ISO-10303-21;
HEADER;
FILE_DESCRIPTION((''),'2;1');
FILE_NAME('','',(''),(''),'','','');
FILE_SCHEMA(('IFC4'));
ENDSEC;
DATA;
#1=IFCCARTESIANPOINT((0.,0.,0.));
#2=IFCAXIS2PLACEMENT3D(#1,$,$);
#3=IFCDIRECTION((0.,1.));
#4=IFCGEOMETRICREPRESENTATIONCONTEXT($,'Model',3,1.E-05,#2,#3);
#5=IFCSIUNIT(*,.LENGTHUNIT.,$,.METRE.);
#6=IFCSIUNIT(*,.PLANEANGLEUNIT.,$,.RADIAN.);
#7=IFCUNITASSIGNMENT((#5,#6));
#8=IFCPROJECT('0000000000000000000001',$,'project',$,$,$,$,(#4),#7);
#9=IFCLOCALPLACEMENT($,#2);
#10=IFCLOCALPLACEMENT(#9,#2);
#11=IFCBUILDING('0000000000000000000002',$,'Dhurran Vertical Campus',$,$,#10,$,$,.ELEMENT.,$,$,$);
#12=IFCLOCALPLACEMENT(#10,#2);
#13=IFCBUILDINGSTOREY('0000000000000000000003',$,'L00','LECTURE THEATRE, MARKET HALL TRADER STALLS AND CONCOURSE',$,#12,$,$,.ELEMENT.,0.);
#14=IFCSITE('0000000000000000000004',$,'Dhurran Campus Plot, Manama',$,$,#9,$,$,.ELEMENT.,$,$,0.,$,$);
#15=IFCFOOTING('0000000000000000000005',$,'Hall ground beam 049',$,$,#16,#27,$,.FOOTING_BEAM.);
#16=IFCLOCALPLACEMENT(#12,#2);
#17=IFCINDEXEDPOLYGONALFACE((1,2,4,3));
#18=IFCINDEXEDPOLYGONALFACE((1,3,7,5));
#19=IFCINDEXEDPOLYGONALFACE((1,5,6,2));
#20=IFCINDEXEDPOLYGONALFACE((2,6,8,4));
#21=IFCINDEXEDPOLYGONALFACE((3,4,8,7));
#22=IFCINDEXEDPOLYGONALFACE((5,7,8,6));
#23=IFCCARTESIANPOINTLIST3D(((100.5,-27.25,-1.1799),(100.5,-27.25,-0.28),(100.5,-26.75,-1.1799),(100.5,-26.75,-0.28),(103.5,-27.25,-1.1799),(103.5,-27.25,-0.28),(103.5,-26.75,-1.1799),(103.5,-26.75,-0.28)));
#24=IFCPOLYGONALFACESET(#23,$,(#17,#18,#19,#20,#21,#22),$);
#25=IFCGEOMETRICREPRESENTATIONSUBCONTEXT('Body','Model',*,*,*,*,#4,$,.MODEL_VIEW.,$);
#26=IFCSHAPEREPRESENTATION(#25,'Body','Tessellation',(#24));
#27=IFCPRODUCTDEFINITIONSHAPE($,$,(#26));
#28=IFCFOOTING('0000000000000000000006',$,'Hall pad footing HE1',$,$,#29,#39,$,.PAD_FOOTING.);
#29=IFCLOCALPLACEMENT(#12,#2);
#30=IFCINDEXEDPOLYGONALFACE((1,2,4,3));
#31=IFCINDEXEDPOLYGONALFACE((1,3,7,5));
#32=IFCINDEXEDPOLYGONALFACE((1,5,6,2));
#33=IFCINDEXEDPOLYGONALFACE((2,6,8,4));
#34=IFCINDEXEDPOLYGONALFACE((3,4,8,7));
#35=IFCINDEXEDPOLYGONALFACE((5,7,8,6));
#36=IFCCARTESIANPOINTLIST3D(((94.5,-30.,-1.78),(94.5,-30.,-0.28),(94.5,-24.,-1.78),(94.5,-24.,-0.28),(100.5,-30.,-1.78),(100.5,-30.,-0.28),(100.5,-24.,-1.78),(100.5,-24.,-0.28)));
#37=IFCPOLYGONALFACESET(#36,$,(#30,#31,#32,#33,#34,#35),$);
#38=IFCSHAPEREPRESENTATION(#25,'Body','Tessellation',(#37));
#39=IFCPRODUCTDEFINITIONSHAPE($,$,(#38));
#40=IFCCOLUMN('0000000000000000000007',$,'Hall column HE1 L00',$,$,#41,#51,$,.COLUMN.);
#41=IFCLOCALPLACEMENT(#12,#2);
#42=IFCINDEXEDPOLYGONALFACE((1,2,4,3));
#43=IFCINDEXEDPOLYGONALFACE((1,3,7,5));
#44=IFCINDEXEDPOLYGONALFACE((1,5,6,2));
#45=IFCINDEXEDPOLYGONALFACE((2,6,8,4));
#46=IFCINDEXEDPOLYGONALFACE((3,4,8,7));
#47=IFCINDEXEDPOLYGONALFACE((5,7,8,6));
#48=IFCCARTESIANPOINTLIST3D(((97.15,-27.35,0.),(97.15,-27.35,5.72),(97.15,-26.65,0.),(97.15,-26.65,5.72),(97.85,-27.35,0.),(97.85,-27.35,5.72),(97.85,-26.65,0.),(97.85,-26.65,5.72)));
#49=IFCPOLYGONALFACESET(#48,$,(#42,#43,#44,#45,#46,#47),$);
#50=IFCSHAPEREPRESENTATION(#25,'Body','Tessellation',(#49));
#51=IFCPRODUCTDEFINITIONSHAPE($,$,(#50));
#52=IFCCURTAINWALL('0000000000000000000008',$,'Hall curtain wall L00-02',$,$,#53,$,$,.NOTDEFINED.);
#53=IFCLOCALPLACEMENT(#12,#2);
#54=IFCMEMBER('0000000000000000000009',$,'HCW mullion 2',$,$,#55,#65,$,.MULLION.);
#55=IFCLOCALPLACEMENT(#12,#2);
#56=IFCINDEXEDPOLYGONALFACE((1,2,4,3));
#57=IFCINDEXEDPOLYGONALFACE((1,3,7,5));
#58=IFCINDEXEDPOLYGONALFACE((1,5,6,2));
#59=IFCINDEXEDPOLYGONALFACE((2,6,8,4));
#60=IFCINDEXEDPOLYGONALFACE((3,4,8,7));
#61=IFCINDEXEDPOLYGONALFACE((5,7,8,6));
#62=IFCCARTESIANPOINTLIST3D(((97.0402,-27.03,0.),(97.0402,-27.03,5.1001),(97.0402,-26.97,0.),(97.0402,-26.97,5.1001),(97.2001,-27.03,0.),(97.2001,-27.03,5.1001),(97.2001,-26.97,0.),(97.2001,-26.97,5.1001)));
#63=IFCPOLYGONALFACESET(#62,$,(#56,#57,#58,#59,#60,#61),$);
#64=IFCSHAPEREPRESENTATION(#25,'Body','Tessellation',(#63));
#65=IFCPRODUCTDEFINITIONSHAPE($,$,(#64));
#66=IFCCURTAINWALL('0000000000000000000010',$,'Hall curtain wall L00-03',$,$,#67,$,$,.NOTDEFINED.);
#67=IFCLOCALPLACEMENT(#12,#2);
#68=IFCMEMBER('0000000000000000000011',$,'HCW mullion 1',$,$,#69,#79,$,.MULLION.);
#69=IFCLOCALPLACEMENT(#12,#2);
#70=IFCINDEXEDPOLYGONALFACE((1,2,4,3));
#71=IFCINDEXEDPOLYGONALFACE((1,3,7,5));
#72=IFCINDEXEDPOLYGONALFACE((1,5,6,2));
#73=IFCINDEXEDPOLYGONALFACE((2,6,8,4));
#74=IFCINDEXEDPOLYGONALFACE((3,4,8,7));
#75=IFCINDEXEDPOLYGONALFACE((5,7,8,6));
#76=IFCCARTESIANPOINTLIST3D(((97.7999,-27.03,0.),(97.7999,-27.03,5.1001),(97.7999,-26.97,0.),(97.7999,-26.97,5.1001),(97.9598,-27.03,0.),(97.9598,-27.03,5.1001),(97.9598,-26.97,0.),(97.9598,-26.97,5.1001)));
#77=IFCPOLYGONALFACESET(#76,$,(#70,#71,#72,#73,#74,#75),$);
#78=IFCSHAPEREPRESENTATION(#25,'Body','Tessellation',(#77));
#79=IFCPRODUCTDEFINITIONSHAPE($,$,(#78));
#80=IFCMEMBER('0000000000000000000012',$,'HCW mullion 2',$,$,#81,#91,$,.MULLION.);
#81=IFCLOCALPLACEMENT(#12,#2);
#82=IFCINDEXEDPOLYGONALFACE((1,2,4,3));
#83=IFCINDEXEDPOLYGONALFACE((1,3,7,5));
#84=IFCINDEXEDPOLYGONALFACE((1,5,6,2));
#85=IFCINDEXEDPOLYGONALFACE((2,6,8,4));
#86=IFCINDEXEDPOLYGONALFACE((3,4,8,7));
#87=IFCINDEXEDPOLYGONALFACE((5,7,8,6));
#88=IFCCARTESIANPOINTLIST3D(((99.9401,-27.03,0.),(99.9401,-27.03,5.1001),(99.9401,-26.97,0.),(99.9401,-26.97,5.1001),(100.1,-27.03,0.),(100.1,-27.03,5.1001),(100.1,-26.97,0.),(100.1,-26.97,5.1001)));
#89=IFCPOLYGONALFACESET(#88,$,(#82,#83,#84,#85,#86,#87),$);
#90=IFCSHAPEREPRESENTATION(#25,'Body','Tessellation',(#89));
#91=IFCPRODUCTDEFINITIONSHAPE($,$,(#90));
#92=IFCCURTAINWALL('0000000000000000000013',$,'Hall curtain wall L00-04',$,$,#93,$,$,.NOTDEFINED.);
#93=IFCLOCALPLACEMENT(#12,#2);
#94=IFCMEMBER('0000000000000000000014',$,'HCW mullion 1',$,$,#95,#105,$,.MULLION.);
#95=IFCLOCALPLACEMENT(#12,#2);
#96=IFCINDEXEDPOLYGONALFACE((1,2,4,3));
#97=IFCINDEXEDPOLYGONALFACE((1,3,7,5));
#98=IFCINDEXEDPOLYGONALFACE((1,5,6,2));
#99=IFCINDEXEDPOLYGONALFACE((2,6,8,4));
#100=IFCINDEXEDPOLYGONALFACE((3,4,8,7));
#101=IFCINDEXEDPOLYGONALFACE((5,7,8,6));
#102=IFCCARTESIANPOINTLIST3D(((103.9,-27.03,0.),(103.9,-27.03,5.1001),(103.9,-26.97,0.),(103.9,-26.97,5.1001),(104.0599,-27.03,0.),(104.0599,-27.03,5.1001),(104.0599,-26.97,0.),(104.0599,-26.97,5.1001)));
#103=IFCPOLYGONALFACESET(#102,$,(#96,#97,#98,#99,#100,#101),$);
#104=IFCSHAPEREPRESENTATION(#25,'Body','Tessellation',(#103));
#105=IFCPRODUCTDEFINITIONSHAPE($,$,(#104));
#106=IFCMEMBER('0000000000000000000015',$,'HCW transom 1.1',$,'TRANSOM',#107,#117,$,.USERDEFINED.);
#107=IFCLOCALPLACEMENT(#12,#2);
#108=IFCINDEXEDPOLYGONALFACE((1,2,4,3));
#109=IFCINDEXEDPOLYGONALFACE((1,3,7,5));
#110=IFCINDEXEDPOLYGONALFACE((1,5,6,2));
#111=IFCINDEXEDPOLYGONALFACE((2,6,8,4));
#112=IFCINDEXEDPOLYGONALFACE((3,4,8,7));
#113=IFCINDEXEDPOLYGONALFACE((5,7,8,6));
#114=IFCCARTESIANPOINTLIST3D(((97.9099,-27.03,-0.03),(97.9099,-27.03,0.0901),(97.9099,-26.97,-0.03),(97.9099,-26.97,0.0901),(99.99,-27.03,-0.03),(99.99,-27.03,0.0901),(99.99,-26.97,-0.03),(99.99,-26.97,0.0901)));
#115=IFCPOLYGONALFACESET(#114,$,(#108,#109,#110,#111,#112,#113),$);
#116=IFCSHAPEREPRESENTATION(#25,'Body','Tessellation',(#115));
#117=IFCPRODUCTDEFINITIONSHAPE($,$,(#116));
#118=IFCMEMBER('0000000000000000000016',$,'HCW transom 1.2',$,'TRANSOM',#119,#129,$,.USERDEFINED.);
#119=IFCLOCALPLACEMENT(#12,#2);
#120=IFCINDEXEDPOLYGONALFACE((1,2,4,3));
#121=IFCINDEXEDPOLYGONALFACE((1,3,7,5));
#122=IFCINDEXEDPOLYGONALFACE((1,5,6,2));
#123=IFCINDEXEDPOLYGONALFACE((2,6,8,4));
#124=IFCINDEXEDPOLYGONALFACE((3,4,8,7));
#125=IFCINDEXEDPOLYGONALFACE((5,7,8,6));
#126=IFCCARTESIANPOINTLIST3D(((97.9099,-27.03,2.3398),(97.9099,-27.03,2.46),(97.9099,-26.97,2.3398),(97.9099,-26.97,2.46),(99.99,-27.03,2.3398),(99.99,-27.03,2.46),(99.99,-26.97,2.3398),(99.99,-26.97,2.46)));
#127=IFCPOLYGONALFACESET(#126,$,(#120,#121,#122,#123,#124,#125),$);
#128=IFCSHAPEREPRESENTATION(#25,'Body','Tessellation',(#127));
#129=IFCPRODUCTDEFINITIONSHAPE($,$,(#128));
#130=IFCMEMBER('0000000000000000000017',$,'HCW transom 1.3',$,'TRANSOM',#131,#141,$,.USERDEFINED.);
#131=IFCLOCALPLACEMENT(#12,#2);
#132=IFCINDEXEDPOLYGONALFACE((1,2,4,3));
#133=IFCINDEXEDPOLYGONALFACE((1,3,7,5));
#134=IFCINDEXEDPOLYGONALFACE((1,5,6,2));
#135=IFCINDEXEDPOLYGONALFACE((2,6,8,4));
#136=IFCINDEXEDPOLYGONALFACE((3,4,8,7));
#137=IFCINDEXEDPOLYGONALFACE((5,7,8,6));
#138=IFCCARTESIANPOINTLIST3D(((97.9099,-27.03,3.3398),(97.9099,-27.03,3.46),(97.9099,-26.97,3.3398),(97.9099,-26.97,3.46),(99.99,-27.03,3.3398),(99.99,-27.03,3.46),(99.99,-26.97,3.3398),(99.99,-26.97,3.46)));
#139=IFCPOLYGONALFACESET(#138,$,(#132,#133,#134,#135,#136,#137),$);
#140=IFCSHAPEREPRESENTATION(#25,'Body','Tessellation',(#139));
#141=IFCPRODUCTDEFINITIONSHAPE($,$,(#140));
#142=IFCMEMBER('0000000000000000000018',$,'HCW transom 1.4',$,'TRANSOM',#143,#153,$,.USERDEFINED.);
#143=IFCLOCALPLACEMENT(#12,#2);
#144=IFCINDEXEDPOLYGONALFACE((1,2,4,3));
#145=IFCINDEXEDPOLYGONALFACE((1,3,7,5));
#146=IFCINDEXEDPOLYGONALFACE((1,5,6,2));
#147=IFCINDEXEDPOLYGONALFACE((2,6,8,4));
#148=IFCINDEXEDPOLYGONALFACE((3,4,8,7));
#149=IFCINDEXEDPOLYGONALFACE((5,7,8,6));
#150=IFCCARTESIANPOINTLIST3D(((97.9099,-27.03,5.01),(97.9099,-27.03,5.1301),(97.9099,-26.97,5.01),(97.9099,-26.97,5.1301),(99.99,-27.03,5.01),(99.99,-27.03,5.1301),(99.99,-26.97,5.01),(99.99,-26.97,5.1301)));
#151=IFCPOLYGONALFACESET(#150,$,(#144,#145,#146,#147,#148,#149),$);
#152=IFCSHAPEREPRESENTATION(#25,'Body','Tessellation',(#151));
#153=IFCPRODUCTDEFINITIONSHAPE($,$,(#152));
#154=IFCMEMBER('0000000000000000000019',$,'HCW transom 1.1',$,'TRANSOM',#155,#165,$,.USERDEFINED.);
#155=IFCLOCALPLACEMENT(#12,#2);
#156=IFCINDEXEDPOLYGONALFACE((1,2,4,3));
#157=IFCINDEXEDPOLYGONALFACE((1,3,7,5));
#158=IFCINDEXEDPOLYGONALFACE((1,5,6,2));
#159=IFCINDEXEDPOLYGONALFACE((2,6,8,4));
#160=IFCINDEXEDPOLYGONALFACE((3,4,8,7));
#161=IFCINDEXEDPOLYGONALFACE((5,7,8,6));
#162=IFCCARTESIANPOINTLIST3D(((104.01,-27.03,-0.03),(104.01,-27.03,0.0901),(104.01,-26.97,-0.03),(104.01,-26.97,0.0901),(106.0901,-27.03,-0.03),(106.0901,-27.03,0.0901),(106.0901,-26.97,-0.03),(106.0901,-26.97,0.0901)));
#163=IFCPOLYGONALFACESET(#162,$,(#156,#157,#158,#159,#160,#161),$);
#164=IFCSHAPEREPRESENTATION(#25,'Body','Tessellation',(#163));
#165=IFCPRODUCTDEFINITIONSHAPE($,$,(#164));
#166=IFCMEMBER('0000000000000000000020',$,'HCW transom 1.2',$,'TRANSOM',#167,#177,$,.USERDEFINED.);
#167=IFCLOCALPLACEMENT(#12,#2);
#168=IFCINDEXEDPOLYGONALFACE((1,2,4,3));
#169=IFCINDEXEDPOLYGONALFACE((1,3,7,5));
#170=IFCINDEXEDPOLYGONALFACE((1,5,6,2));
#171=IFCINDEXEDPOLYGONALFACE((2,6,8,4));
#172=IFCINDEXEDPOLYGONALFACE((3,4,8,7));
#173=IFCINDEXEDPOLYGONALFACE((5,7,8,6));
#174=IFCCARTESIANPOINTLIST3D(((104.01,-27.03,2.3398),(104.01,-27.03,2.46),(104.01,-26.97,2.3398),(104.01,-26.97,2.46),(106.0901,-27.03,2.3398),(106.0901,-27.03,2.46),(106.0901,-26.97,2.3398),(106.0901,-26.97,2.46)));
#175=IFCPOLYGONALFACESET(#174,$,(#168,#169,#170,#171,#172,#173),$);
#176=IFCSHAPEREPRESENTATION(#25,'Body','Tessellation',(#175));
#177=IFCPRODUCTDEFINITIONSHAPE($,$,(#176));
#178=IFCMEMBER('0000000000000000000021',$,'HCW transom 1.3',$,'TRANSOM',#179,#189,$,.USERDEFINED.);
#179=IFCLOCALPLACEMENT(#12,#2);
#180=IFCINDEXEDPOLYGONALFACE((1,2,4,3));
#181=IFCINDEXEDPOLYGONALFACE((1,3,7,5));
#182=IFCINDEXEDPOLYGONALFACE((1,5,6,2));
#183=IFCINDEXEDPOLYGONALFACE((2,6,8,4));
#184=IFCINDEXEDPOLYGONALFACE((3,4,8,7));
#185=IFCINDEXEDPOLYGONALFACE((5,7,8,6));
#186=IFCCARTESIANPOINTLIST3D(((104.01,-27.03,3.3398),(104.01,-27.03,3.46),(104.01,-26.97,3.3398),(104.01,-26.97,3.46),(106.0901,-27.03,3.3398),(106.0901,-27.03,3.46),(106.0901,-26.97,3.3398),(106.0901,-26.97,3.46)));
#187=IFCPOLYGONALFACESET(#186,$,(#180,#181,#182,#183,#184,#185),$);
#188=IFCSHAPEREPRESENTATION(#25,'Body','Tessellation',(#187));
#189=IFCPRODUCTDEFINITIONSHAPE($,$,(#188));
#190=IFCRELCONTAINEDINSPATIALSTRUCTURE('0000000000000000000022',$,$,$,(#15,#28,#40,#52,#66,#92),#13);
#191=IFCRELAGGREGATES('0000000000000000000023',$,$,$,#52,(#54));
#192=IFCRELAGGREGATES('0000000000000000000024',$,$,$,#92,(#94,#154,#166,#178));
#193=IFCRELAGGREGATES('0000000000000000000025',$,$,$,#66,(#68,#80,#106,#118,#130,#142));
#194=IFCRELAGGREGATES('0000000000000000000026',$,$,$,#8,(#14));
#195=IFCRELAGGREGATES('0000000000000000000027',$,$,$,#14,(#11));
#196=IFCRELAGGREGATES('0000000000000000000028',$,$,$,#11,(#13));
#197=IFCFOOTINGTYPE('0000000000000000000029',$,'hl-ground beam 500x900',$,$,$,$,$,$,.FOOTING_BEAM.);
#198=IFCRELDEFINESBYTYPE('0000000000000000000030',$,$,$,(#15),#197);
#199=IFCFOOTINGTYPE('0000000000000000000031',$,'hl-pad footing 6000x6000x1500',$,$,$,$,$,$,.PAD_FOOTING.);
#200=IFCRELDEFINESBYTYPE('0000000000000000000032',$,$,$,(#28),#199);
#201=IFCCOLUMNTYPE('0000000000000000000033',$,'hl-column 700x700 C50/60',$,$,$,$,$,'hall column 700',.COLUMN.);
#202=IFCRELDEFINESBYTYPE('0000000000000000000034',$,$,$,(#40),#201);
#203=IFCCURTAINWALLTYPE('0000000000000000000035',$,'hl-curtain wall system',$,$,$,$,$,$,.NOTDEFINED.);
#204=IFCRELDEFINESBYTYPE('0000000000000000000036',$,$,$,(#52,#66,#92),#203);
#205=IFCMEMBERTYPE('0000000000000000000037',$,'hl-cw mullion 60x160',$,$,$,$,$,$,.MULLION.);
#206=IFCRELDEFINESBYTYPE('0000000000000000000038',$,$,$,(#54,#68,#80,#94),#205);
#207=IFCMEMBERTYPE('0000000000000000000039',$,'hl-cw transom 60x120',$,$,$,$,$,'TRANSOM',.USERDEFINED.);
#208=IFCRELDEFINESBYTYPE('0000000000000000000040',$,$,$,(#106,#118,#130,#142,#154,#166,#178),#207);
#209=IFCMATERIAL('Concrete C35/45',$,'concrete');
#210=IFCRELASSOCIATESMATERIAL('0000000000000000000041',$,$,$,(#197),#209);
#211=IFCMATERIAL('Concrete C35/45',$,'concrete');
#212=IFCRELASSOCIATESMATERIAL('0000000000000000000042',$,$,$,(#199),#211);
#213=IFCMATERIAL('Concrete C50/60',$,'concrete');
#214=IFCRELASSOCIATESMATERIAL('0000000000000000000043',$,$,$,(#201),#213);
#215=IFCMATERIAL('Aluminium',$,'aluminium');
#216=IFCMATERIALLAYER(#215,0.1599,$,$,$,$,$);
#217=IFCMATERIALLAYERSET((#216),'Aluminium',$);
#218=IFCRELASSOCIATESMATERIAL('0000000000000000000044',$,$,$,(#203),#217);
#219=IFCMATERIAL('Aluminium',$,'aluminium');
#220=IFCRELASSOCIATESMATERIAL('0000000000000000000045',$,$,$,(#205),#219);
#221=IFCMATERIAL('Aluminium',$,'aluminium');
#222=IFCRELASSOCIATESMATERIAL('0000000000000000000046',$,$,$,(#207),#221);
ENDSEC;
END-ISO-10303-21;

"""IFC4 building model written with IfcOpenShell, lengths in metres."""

from ifc_helpers import new_model, si_unit, direction, frame, origin, origin_2d, place, context, subcontext, project, spatial, rectangle, extrude, material, layer, layer_set, material_profile, profile_set, type_object, element, aggregate, save


model = new_model("IFC4")

# Units and contexts
model_context = context("Model", 3, precision=1e-05, world=origin(), true_north=direction((0.0, 1.0)))
body_context = subcontext(model_context, "Body", "Model", "MODEL_VIEW")
ifc_project = project(units=[si_unit("LENGTHUNIT", "METRE"), si_unit("PLANEANGLEUNIT", "RADIAN")], contexts=[model_context])

# Site, building, storey
site_placement = place(None, origin())
site = spatial("IfcSite", under=ifc_project, at=site_placement, Name="Dhurran Campus Plot, Manama", CompositionType="ELEMENT", RefElevation=0.0)
building_placement = place(site_placement, origin())
building = spatial("IfcBuilding", under=site, at=building_placement, Name="Dhurran Vertical Campus", CompositionType="ELEMENT")
storey_placement = place(building_placement, origin())
storey = spatial("IfcBuildingStorey", under=building, at=storey_placement, Name="L00", Description="LECTURE THEATRE, MARKET HALL TRADER STALLS AND CONCOURSE", CompositionType="ELEMENT", Elevation=0.0)

# Footings
ifc_material_1 = material(Name="Concrete C35/45", Category="concrete")
ifc_material_profile_1 = material_profile(ifc_material_1, rectangle(XDim=0.5, YDim=0.8999, at=origin_2d()), Name="hl-ground beam 500x900")
ifc_profile_set_1 = profile_set([ifc_material_profile_1], Name="Concrete C35/45")
footing_type_1 = type_object("IfcFootingType", Name="hl-ground beam 500x900", PredefinedType="FOOTING_BEAM", material=ifc_profile_set_1)
footing_1_placement = place(storey_placement, frame((100.5, -27.0, -0.73), z_axis=(1.0, 0.0, 0.0), x_axis=(0.0, 1.0, 0.0)))
element("IfcFooting", 1, at=footing_1_placement, inside=storey, type_object=footing_type_1, Name="Hall ground beam 049", PredefinedType="FOOTING_BEAM", context=body_context, shape_type="SweptSolid", body=[
    extrude(rectangle(XDim=0.5, YDim=0.8999, at=origin_2d()), origin(), (0.0, 0.0, 1.0), 3.0),
])
ifc_material_2 = material(Name="Concrete C35/45", Category="concrete")
footing_type_2 = type_object("IfcFootingType", Name="hl-pad footing 6000x6000x1500", PredefinedType="PAD_FOOTING", material=ifc_material_2)
footing_2_placement = place(storey_placement, frame((97.5, -27.0, -1.78), z_axis=(0.0, 0.0, 1.0), x_axis=(1.0, 0.0, 0.0)))
element("IfcFooting", 2, at=footing_2_placement, inside=storey, type_object=footing_type_2, Name="Hall pad footing HE1", PredefinedType="PAD_FOOTING", context=body_context, shape_type="SweptSolid", body=[
    extrude(rectangle(XDim=6.0, YDim=6.0, at=origin_2d()), origin(), (0.0, 0.0, 1.0), 1.5),
])

# Column
ifc_material_3 = material(Name="Concrete C50/60", Category="concrete")
ifc_material_profile_2 = material_profile(ifc_material_3, rectangle(XDim=0.7, YDim=0.7, at=origin_2d()), Name="hl-column 700x700 C50/60")
ifc_profile_set_2 = profile_set([ifc_material_profile_2], Name="Concrete C50/60")
column_type = type_object("IfcColumnType", Name="hl-column 700x700 C50/60", ElementType="hall column 700", PredefinedType="COLUMN", material=ifc_profile_set_2)
column_placement = place(storey_placement, frame((97.5, -27.0, 0.0), z_axis=(0.0, 0.0, 1.0), x_axis=(1.0, 0.0, 0.0)))
element("IfcColumn", 3, at=column_placement, inside=storey, type_object=column_type, Name="Hall column HE1 L00", PredefinedType="COLUMN", context=body_context, shape_type="SweptSolid", body=[
    extrude(rectangle(XDim=0.7, YDim=0.7, at=origin_2d()), origin(), (0.0, 0.0, 1.0), 5.72),
])

# Curtain wall, member
ifc_material_4 = material(Name="Aluminium", Category="aluminium")
ifc_layer_1 = layer(ifc_material_4, 0.1599)
ifc_layer_set_1 = layer_set([ifc_layer_1], Name="Aluminium")
curtain_wall_type = type_object("IfcCurtainWallType", Name="hl-curtain wall system", PredefinedType="NOTDEFINED", material=ifc_layer_set_1)
curtain_wall_1_placement = place(storey_placement, origin())
curtain_wall_1 = element("IfcCurtainWall", 4, at=curtain_wall_1_placement, inside=storey, type_object=curtain_wall_type, Name="Hall curtain wall L00-02", PredefinedType="NOTDEFINED")
ifc_material_5 = material(Name="Aluminium", Category="aluminium")
ifc_material_profile_3 = material_profile(ifc_material_5, rectangle(XDim=0.0601, YDim=0.1599, at=origin_2d()), Name="hl-cw mullion 60x160")
ifc_profile_set_3 = profile_set([ifc_material_profile_3], Name="Aluminium")
member_type_1 = type_object("IfcMemberType", Name="hl-cw mullion 60x160", PredefinedType="MULLION", material=ifc_profile_set_3)
member_1_placement = place(storey_placement, frame((97.1201, -27.0, 0.0), z_axis=(0.0, 0.0, 1.0), x_axis=(0.0, 1.0, 0.0)))
member_1 = element("IfcMember", 5, at=member_1_placement, type_object=member_type_1, Name="HCW mullion 2", PredefinedType="MULLION", context=body_context, shape_type="SweptSolid", body=[
    extrude(rectangle(XDim=0.0601, YDim=0.1599, at=origin_2d()), origin(), (0.0, 0.0, 1.0), 5.1001),
])
aggregate(curtain_wall_1, [member_1])

# Curtain wall, members
curtain_wall_2_placement = place(storey_placement, origin())
curtain_wall_2 = element("IfcCurtainWall", 6, at=curtain_wall_2_placement, inside=storey, type_object=curtain_wall_type, Name="Hall curtain wall L00-03", PredefinedType="NOTDEFINED")
member_2_placement = place(storey_placement, frame((97.8799, -27.0, 0.0), z_axis=(0.0, 0.0, 1.0), x_axis=(0.0, 1.0, 0.0)))
member_2 = element("IfcMember", 7, at=member_2_placement, type_object=member_type_1, Name="HCW mullion 1", PredefinedType="MULLION", context=body_context, shape_type="SweptSolid", body=[
    extrude(rectangle(XDim=0.0601, YDim=0.1599, at=origin_2d()), origin(), (0.0, 0.0, 1.0), 5.1001),
])
member_3_placement = place(storey_placement, frame((100.02, -27.0, 0.0), z_axis=(0.0, 0.0, 1.0), x_axis=(0.0, 1.0, 0.0)))
member_3 = element("IfcMember", 8, at=member_3_placement, type_object=member_type_1, Name="HCW mullion 2", PredefinedType="MULLION", context=body_context, shape_type="SweptSolid", body=[
    extrude(rectangle(XDim=0.0601, YDim=0.1599, at=origin_2d()), origin(), (0.0, 0.0, 1.0), 5.1001),
])

# Curtain wall, member
curtain_wall_3_placement = place(storey_placement, origin())
curtain_wall_3 = element("IfcCurtainWall", 9, at=curtain_wall_3_placement, inside=storey, type_object=curtain_wall_type, Name="Hall curtain wall L00-04", PredefinedType="NOTDEFINED")
member_4_placement = place(storey_placement, frame((103.98, -27.0, 0.0), z_axis=(0.0, 0.0, 1.0), x_axis=(0.0, 1.0, 0.0)))
member_4 = element("IfcMember", 10, at=member_4_placement, type_object=member_type_1, Name="HCW mullion 1", PredefinedType="MULLION", context=body_context, shape_type="SweptSolid", body=[
    extrude(rectangle(XDim=0.0601, YDim=0.1599, at=origin_2d()), origin(), (0.0, 0.0, 1.0), 5.1001),
])

# Members
ifc_material_6 = material(Name="Aluminium", Category="aluminium")
ifc_material_profile_4 = material_profile(ifc_material_6, rectangle(XDim=0.0601, YDim=0.1201, at=origin_2d()), Name="hl-cw transom 60x120")
ifc_profile_set_4 = profile_set([ifc_material_profile_4], Name="Aluminium")
member_type_2 = type_object("IfcMemberType", Name="hl-cw transom 60x120", ElementType="TRANSOM", PredefinedType="USERDEFINED", material=ifc_profile_set_4)
member_5_placement = place(storey_placement, frame((97.9099, -27.0, 0.03), z_axis=(1.0, 0.0, 0.0), x_axis=(0.0, 1.0, 0.0)))
member_5 = element("IfcMember", 11, at=member_5_placement, type_object=member_type_2, Name="HCW transom 1.1", ObjectType="TRANSOM", PredefinedType="USERDEFINED", context=body_context, shape_type="SweptSolid", body=[
    extrude(rectangle(XDim=0.0601, YDim=0.1201, at=origin_2d()), origin(), (0.0, 0.0, 1.0), 2.0801),
])
member_6_placement = place(storey_placement, frame((97.9099, -27.0, 2.3999), z_axis=(1.0, 0.0, 0.0), x_axis=(0.0, 1.0, 0.0)))
member_6 = element("IfcMember", 12, at=member_6_placement, type_object=member_type_2, Name="HCW transom 1.2", ObjectType="TRANSOM", PredefinedType="USERDEFINED", context=body_context, shape_type="SweptSolid", body=[
    extrude(rectangle(XDim=0.0601, YDim=0.1201, at=origin_2d()), origin(), (0.0, 0.0, 1.0), 2.0801),
])
member_7_placement = place(storey_placement, frame((97.9099, -27.0, 3.3999), z_axis=(1.0, 0.0, 0.0), x_axis=(0.0, 1.0, 0.0)))
member_7 = element("IfcMember", 13, at=member_7_placement, type_object=member_type_2, Name="HCW transom 1.3", ObjectType="TRANSOM", PredefinedType="USERDEFINED", context=body_context, shape_type="SweptSolid", body=[
    extrude(rectangle(XDim=0.0601, YDim=0.1201, at=origin_2d()), origin(), (0.0, 0.0, 1.0), 2.0801),
])
member_8_placement = place(storey_placement, frame((97.9099, -27.0, 5.0701), z_axis=(1.0, 0.0, 0.0), x_axis=(0.0, 1.0, 0.0)))
member_8 = element("IfcMember", 14, at=member_8_placement, type_object=member_type_2, Name="HCW transom 1.4", ObjectType="TRANSOM", PredefinedType="USERDEFINED", context=body_context, shape_type="SweptSolid", body=[
    extrude(rectangle(XDim=0.0601, YDim=0.1201, at=origin_2d()), origin(), (0.0, 0.0, 1.0), 2.0801),
])
member_9_placement = place(storey_placement, frame((104.01, -27.0, 0.03), z_axis=(1.0, 0.0, 0.0), x_axis=(0.0, 1.0, 0.0)))
member_9 = element("IfcMember", 15, at=member_9_placement, type_object=member_type_2, Name="HCW transom 1.1", ObjectType="TRANSOM", PredefinedType="USERDEFINED", context=body_context, shape_type="SweptSolid", body=[
    extrude(rectangle(XDim=0.0601, YDim=0.1201, at=origin_2d()), origin(), (0.0, 0.0, 1.0), 2.0801),
])
member_10_placement = place(storey_placement, frame((104.01, -27.0, 2.3999), z_axis=(1.0, 0.0, 0.0), x_axis=(0.0, 1.0, 0.0)))
member_10 = element("IfcMember", 16, at=member_10_placement, type_object=member_type_2, Name="HCW transom 1.2", ObjectType="TRANSOM", PredefinedType="USERDEFINED", context=body_context, shape_type="SweptSolid", body=[
    extrude(rectangle(XDim=0.0601, YDim=0.1201, at=origin_2d()), origin(), (0.0, 0.0, 1.0), 2.0801),
])
member_11_placement = place(storey_placement, frame((104.01, -27.0, 3.3999), z_axis=(1.0, 0.0, 0.0), x_axis=(0.0, 1.0, 0.0)))
member_11 = element("IfcMember", 17, at=member_11_placement, type_object=member_type_2, Name="HCW transom 1.3", ObjectType="TRANSOM", PredefinedType="USERDEFINED", context=body_context, shape_type="SweptSolid", body=[
    extrude(rectangle(XDim=0.0601, YDim=0.1201, at=origin_2d()), origin(), (0.0, 0.0, 1.0), 2.0801),
])
aggregate(curtain_wall_3, [member_4, member_9, member_10, member_11])

aggregate(curtain_wall_2, [member_2, member_3, member_5, member_6, member_7, member_8])

save(model, "model.ifc")
